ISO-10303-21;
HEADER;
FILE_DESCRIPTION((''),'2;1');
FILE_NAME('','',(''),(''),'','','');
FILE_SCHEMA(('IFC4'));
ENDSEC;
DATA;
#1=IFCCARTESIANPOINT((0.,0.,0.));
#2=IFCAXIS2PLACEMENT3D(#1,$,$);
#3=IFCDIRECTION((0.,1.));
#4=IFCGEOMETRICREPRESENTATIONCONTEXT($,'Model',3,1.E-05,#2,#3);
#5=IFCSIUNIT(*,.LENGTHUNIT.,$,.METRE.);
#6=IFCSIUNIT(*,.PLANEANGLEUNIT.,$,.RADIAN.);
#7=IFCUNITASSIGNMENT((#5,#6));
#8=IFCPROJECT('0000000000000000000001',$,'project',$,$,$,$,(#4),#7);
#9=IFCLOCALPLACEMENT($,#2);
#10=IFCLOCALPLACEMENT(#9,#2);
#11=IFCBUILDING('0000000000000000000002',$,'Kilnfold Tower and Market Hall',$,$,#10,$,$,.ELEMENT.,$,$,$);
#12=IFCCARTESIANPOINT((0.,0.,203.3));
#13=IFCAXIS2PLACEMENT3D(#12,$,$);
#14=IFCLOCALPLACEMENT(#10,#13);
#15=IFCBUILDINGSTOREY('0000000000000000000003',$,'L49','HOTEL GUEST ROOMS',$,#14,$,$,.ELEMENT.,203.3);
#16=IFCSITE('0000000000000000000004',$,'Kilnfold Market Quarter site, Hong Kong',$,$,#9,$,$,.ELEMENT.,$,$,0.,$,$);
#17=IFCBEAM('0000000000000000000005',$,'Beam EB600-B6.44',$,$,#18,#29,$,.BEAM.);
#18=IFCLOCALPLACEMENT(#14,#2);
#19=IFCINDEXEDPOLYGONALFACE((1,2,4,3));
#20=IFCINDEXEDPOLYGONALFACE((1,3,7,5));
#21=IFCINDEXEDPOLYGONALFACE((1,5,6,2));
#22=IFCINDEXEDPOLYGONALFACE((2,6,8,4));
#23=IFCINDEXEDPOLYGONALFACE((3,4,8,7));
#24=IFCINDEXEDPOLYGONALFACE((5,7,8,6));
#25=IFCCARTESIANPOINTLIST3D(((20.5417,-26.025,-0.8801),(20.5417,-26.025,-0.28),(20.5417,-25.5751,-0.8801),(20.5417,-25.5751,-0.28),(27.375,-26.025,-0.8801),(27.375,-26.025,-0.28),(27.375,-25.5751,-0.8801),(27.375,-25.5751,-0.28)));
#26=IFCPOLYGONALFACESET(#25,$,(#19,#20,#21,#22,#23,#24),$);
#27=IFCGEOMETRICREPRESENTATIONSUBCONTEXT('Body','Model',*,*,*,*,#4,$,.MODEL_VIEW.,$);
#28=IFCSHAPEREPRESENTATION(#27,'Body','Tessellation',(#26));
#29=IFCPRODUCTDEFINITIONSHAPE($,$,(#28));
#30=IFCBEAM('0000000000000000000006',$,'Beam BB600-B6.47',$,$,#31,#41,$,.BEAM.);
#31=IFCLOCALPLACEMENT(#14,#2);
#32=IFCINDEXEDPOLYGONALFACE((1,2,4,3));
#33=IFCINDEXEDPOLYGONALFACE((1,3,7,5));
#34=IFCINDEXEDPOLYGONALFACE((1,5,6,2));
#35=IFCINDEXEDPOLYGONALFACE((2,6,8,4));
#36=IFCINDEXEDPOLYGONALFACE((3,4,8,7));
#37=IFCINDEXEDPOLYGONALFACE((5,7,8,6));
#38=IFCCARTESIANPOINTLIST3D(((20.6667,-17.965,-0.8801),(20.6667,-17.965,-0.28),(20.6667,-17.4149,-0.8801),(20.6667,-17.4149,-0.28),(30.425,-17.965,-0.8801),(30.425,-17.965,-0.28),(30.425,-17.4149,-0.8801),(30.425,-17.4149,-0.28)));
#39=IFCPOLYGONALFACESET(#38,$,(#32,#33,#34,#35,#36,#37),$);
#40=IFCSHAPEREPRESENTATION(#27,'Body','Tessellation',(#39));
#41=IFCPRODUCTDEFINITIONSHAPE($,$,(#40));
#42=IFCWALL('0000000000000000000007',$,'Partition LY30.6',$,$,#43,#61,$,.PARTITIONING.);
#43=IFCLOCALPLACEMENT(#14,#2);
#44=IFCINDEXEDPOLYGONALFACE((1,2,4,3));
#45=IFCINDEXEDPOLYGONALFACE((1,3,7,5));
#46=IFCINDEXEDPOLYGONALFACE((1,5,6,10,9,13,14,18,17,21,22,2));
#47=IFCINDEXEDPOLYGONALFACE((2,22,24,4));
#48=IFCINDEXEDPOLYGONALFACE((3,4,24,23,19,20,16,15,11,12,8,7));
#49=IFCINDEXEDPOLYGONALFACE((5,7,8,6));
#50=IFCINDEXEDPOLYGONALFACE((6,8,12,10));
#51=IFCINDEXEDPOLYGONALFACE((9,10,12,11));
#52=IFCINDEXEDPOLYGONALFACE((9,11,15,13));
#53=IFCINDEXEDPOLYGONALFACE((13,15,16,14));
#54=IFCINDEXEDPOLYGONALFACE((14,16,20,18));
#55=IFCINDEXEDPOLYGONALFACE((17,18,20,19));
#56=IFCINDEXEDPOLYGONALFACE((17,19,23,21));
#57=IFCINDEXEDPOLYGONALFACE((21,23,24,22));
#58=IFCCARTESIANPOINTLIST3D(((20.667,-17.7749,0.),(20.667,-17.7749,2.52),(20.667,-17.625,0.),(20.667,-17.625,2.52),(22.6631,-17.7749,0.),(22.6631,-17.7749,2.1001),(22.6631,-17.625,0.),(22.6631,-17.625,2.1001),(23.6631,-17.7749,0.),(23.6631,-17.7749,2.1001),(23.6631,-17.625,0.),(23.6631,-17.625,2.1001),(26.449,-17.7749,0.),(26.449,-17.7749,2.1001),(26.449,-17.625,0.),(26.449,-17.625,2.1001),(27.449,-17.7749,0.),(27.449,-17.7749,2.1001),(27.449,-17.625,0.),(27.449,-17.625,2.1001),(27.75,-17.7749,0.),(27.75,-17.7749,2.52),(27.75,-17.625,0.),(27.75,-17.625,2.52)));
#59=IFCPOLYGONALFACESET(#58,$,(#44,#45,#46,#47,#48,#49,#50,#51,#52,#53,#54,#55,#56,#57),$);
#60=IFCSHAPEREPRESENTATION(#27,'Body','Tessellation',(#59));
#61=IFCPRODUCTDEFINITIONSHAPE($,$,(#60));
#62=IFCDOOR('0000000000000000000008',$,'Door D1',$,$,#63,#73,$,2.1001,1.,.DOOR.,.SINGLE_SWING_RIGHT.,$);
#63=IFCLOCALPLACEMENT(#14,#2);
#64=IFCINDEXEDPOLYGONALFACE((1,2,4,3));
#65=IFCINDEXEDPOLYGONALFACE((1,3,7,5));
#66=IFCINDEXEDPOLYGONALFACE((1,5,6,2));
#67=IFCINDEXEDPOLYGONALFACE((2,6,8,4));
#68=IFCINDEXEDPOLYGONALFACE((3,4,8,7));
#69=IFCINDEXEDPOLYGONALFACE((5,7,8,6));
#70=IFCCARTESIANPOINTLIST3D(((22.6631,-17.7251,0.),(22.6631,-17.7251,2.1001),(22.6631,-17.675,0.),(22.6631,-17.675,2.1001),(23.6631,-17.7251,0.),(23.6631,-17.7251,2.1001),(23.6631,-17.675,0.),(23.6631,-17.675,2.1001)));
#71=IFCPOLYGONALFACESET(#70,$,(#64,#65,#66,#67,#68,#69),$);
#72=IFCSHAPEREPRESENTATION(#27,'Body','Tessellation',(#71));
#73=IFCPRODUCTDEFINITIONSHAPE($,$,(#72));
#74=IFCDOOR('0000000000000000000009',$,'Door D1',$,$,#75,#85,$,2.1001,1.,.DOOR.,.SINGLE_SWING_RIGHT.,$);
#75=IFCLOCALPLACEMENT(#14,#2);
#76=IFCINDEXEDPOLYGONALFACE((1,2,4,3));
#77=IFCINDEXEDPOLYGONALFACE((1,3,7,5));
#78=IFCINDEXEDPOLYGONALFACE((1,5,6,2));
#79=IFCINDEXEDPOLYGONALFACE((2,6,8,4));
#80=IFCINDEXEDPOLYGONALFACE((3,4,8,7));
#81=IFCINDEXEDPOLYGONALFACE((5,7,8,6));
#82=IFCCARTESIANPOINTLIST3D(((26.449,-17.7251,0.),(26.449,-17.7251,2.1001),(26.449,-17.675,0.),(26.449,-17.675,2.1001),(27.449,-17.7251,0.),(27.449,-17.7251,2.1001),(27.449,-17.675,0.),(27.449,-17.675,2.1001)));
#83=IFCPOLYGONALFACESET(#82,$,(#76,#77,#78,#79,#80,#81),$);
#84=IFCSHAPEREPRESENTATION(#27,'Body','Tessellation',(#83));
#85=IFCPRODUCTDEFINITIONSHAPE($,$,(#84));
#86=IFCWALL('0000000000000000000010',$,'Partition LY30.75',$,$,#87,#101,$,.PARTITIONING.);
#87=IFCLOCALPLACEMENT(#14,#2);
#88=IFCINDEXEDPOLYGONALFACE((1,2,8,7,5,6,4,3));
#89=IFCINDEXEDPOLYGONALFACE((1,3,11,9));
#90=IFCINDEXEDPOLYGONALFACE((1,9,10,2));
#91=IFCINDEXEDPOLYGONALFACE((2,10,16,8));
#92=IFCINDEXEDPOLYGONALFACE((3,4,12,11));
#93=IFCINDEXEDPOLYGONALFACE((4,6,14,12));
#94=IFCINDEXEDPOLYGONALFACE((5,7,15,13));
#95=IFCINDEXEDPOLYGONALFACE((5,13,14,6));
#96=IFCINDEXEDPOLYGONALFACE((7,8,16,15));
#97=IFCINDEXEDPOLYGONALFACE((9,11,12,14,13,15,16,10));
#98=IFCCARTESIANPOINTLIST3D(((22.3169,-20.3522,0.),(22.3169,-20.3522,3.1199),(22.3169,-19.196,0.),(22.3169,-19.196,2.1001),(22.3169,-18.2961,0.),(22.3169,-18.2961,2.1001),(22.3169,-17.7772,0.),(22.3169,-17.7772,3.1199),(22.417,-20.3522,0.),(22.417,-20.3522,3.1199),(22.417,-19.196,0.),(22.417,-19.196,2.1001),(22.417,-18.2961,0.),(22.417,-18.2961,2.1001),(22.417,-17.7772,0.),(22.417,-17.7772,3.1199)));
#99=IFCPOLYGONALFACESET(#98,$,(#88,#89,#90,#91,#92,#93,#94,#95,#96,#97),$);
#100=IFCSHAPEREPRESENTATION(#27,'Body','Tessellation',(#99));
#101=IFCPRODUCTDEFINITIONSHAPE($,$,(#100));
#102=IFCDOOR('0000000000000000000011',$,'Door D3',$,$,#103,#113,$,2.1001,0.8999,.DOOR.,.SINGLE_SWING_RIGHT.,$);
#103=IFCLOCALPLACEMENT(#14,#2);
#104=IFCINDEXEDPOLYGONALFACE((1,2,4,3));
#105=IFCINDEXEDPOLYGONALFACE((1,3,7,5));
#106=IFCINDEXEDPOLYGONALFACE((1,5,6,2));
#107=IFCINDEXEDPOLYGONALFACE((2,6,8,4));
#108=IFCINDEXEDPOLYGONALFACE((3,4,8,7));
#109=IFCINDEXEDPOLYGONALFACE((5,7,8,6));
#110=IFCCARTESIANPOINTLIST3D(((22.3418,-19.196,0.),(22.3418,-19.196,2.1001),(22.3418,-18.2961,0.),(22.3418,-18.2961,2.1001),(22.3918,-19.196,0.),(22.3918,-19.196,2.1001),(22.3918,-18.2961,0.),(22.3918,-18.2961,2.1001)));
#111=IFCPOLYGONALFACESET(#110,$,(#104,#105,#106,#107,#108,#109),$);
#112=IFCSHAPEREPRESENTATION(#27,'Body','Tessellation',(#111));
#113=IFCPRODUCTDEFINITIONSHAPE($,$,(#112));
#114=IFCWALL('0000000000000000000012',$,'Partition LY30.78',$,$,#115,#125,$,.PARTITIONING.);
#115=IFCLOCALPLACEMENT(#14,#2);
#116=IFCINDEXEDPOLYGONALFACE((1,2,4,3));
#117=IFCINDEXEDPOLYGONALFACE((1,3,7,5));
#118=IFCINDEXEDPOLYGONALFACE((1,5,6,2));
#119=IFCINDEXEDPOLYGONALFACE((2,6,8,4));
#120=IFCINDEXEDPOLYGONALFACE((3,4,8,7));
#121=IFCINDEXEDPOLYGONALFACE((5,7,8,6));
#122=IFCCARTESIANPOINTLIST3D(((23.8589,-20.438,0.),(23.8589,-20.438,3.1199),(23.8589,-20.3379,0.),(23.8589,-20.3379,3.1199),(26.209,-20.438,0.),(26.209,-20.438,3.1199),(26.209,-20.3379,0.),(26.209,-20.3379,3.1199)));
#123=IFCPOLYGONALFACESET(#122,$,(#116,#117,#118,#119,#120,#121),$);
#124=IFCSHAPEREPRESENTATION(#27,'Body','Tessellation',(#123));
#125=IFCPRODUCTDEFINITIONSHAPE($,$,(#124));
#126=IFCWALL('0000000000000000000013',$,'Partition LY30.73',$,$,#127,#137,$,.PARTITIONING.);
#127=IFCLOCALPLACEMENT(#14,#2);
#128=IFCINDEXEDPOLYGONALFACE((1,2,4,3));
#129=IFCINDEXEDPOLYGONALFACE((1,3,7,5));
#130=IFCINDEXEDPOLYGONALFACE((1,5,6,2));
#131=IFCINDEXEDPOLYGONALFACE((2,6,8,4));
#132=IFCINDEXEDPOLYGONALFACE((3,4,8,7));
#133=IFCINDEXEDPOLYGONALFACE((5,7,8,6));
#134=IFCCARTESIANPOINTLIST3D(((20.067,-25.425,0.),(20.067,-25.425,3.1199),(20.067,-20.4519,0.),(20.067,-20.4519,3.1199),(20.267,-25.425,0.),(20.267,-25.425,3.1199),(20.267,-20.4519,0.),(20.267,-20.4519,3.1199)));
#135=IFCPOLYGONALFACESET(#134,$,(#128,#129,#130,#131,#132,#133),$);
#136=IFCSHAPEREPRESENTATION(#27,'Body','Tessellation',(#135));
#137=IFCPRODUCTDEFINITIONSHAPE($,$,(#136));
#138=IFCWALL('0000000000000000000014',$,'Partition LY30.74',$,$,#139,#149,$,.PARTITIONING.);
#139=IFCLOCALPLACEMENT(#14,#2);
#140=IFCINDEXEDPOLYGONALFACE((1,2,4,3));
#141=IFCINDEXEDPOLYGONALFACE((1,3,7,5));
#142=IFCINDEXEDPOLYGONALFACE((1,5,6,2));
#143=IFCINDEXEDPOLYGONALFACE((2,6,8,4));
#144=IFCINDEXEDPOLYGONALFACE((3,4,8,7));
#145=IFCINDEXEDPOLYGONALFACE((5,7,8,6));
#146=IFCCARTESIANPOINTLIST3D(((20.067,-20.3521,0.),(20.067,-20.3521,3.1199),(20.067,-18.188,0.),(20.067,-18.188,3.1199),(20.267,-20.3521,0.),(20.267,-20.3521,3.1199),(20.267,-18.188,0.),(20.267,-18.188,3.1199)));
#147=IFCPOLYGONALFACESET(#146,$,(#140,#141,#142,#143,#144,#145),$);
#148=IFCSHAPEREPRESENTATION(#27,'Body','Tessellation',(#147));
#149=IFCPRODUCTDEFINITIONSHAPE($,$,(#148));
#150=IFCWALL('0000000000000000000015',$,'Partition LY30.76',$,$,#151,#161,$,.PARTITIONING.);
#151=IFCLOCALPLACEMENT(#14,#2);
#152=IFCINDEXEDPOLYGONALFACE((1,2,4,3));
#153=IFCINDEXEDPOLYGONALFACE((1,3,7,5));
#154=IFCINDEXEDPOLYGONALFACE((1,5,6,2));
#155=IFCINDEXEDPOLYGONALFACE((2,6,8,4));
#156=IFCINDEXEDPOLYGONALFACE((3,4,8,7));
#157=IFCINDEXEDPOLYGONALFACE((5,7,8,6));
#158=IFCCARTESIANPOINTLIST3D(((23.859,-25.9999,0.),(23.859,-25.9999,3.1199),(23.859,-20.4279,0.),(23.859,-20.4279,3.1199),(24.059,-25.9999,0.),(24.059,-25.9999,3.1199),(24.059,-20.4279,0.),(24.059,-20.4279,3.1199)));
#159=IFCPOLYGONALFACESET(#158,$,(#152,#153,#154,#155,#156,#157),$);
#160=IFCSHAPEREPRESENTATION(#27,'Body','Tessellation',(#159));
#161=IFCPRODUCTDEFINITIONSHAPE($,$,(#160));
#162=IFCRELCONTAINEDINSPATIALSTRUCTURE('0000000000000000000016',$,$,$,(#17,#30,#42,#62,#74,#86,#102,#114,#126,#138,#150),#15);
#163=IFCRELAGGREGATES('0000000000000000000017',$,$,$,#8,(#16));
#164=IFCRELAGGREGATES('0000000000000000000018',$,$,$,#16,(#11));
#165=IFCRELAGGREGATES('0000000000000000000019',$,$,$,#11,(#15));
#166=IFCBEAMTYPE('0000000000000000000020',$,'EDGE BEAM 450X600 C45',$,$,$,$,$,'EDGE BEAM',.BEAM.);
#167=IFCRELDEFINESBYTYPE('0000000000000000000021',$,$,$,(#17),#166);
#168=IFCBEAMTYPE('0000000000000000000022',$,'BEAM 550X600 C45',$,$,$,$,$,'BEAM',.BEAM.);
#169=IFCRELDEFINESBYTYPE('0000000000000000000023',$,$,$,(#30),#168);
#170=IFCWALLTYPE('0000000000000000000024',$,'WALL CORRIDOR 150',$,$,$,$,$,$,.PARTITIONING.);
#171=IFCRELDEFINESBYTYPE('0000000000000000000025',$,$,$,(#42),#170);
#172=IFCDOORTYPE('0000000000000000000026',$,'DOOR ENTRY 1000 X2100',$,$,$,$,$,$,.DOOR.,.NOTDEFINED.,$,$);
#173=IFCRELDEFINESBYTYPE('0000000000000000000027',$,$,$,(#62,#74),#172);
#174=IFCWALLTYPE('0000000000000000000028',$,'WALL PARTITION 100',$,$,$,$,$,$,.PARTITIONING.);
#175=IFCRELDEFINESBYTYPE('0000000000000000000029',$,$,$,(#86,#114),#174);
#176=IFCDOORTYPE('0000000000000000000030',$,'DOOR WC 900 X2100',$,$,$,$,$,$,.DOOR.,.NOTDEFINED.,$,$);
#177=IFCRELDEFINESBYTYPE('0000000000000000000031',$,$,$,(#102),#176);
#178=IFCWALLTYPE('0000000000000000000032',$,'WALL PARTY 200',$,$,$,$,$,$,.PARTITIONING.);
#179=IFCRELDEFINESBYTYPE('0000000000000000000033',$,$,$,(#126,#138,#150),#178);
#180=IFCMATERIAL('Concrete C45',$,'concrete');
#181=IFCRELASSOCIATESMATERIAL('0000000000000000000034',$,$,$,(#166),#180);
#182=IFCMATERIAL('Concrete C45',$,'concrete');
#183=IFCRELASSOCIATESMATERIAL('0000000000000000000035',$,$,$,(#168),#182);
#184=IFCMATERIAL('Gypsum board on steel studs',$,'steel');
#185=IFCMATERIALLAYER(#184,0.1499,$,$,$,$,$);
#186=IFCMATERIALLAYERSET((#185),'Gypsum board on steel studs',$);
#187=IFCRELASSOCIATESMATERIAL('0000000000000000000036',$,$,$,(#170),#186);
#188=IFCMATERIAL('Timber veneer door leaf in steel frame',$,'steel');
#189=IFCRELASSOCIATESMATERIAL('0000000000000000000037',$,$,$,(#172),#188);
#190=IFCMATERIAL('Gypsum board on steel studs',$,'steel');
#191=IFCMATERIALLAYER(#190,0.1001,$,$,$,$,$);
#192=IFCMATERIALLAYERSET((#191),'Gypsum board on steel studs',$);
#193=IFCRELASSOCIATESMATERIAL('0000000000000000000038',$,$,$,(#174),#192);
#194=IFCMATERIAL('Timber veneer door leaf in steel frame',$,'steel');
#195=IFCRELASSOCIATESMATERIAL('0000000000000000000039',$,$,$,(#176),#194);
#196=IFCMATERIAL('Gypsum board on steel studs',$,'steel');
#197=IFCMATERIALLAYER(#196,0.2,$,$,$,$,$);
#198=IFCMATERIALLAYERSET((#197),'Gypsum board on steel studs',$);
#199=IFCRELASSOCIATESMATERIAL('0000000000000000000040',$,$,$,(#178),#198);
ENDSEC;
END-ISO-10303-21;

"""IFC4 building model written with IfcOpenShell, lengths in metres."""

from ifc_helpers import new_model, si_unit, direction, frame, frame_2d, origin, origin_2d, place, context, subcontext, project, spatial, rectangle, extrude, source, transform, mapped, material, layer, layer_set, material_profile, profile_set, type_object, element, fill, save


model = new_model("IFC4")

# Units and contexts
model_context = context("Model", 3, precision=1e-05, world=origin(), true_north=direction((0.0, 1.0)))
body_context = subcontext(model_context, "Body", "Model", "MODEL_VIEW")
ifc_project = project(units=[si_unit("LENGTHUNIT", "METRE"), si_unit("PLANEANGLEUNIT", "RADIAN")], contexts=[model_context])

# Site, building, storey
site_placement = place(None, origin())
site = spatial("IfcSite", under=ifc_project, at=site_placement, Name="Kilnfold Market Quarter site, Hong Kong", CompositionType="ELEMENT", RefElevation=0.0)
building_placement = place(site_placement, origin())
building = spatial("IfcBuilding", under=site, at=building_placement, Name="Kilnfold Tower and Market Hall", CompositionType="ELEMENT")
storey_placement = place(building_placement, frame((0.0, 0.0, 203.3)))
storey = spatial("IfcBuildingStorey", under=building, at=storey_placement, Name="L49", Description="HOTEL GUEST ROOMS", CompositionType="ELEMENT", Elevation=203.3)

# Beams
ifc_material_1 = material(Name="Concrete C45", Category="concrete")
ifc_material_profile_1 = material_profile(ifc_material_1, rectangle(XDim=0.45, YDim=0.6001, at=origin_2d()), Name="RC 450x600")
ifc_profile_set_1 = profile_set([ifc_material_profile_1], Name="Concrete C45")
beam_type_1 = type_object("IfcBeamType", Name="EDGE BEAM 450X600 C45", ElementType="EDGE BEAM", PredefinedType="BEAM", material=ifc_profile_set_1)
shared_shape_1 = source(origin(), body_context, "Body", "SweptSolid", [
    extrude(rectangle(XDim=0.45, YDim=0.6001, at=origin_2d()), origin(), (0.0, 0.0, 1.0), 6.8333),
])
beam_1_placement = place(storey_placement, frame((20.5417, -25.8, -0.5801), z_axis=(1.0, 0.0, 0.0), x_axis=(0.0, 1.0, 0.0)))
element("IfcBeam", 1, at=beam_1_placement, inside=storey, type_object=beam_type_1, Name="Beam EB600-B6.44", PredefinedType="BEAM", context=body_context, shape_type="MappedRepresentation", body=[
    mapped(shared_shape_1, transform((0.0, 0.0, 0.0))),
])
ifc_material_2 = material(Name="Concrete C45", Category="concrete")
ifc_material_profile_2 = material_profile(ifc_material_2, rectangle(XDim=0.55, YDim=0.6001, at=origin_2d()), Name="RC 550x600")
ifc_profile_set_2 = profile_set([ifc_material_profile_2], Name="Concrete C45")
beam_type_2 = type_object("IfcBeamType", Name="BEAM 550X600 C45", ElementType="BEAM", PredefinedType="BEAM", material=ifc_profile_set_2)
shared_shape_2 = source(origin(), body_context, "Body", "SweptSolid", [
    extrude(rectangle(XDim=0.55, YDim=0.6001, at=origin_2d()), origin(), (0.0, 0.0, 1.0), 9.7583),
])
beam_2_placement = place(storey_placement, frame((20.6667, -17.6899, -0.5801), z_axis=(1.0, 0.0, 0.0), x_axis=(0.0, 1.0, 0.0)))
element("IfcBeam", 2, at=beam_2_placement, inside=storey, type_object=beam_type_2, Name="Beam BB600-B6.47", PredefinedType="BEAM", context=body_context, shape_type="MappedRepresentation", body=[
    mapped(shared_shape_2, transform((0.0, 0.0, 0.0))),
])

# Wall, openings, doors
ifc_material_3 = material(Name="Gypsum board on steel studs", Category="steel")
ifc_layer_1 = layer(ifc_material_3, 0.1499)
ifc_layer_set_1 = layer_set([ifc_layer_1], Name="Gypsum board on steel studs")
wall_type_1 = type_object("IfcWallType", Name="WALL CORRIDOR 150", PredefinedType="PARTITIONING", material=ifc_layer_set_1)
wall_1_placement = place(storey_placement, frame((20.667, -17.7, 0.0), z_axis=(0.0, 0.0, 1.0), x_axis=(1.0, 0.0, 0.0)))
wall_1 = element("IfcWall", 3, at=wall_1_placement, inside=storey, type_object=wall_type_1, Name="Partition LY30.6", PredefinedType="PARTITIONING", context=body_context, shape_type="SweptSolid", body=[
    extrude(rectangle(XDim=7.083, YDim=0.1499, at=frame_2d((3.5415, 0.0))), origin(), (0.0, 0.0, 1.0), 2.52),
])
opening_1_placement = place(wall_1_placement, frame((1.9961, 0.0, 0.0)))
opening_1 = element("IfcOpeningElement", 4, at=opening_1_placement, cuts=wall_1, PredefinedType="OPENING", context=body_context, shape_type="SweptSolid", body=[
    extrude(rectangle(XDim=1.0, YDim=2.1001, at=frame_2d((0.5, 1.05))), frame((0.0, 0.085, 0.0), z_axis=(0.0, -1.0, 0.0), x_axis=(1.0, 0.0, 0.0)), (0.0, 0.0, 1.0), 0.1699),
])
opening_2_placement = place(wall_1_placement, frame((5.782, 0.0, 0.0)))
opening_2 = element("IfcOpeningElement", 5, at=opening_2_placement, cuts=wall_1, PredefinedType="OPENING", context=body_context, shape_type="SweptSolid", body=[
    extrude(rectangle(XDim=1.0, YDim=2.1001, at=frame_2d((0.5, 1.05))), frame((0.0, 0.085, 0.0), z_axis=(0.0, -1.0, 0.0), x_axis=(1.0, 0.0, 0.0)), (0.0, 0.0, 1.0), 0.1699),
])
ifc_material_4 = material(Name="Timber veneer door leaf in steel frame", Category="steel")
door_type_1 = type_object("IfcDoorType", Name="DOOR ENTRY 1000 X2100", OperationType="NOTDEFINED", PredefinedType="DOOR", material=ifc_material_4)
door_1_placement = place(opening_1_placement, origin())
door_1 = element("IfcDoor", 6, at=door_1_placement, inside=storey, type_object=door_type_1, Name="Door D1", OperationType="SINGLE_SWING_RIGHT", OverallHeight=2.1001, OverallWidth=1.0, PredefinedType="DOOR", context=body_context, shape_type="SweptSolid", body=[
    extrude(rectangle(XDim=1.0, YDim=2.1001, at=frame_2d((0.5, 1.05))), frame((0.0, 0.0249, 0.0), z_axis=(0.0, -1.0, 0.0), x_axis=(1.0, 0.0, 0.0)), (0.0, 0.0, 1.0), 0.05),
])
fill(opening_1, door_1)
door_2_placement = place(opening_2_placement, origin())
door_2 = element("IfcDoor", 7, at=door_2_placement, inside=storey, type_object=door_type_1, Name="Door D1", OperationType="SINGLE_SWING_RIGHT", OverallHeight=2.1001, OverallWidth=1.0, PredefinedType="DOOR", context=body_context, shape_type="SweptSolid", body=[
    extrude(rectangle(XDim=1.0, YDim=2.1001, at=frame_2d((0.5, 1.05))), frame((0.0, 0.0249, 0.0), z_axis=(0.0, -1.0, 0.0), x_axis=(1.0, 0.0, 0.0)), (0.0, 0.0, 1.0), 0.05),
])
fill(opening_2, door_2)

# Wall, opening, door
ifc_material_5 = material(Name="Gypsum board on steel studs", Category="steel")
ifc_layer_2 = layer(ifc_material_5, 0.1001)
ifc_layer_set_2 = layer_set([ifc_layer_2], Name="Gypsum board on steel studs")
wall_type_2 = type_object("IfcWallType", Name="WALL PARTITION 100", PredefinedType="PARTITIONING", material=ifc_layer_set_2)
wall_2_placement = place(storey_placement, frame((22.3669, -17.7771, 0.0), z_axis=(0.0, 0.0, 1.0), x_axis=(0.0, -1.0, 0.0)))
wall_2 = element("IfcWall", 8, at=wall_2_placement, inside=storey, type_object=wall_type_2, Name="Partition LY30.75", PredefinedType="PARTITIONING", context=body_context, shape_type="SweptSolid", body=[
    extrude(rectangle(XDim=2.575, YDim=0.1001, at=frame_2d((1.2876, 0.0))), origin(), (0.0, 0.0, 1.0), 3.1199),
])
opening_3_placement = place(wall_2_placement, frame((0.519, 0.0, 0.0)))
opening_3 = element("IfcOpeningElement", 9, at=opening_3_placement, cuts=wall_2, PredefinedType="OPENING", context=body_context, shape_type="SweptSolid", body=[
    extrude(rectangle(XDim=0.8999, YDim=2.1001, at=frame_2d((0.45, 1.05))), frame((0.0, 0.0601, 0.0), z_axis=(0.0, -1.0, 0.0), x_axis=(1.0, 0.0, 0.0)), (0.0, 0.0, 1.0), 0.1201),
])
ifc_material_6 = material(Name="Timber veneer door leaf in steel frame", Category="steel")
door_type_2 = type_object("IfcDoorType", Name="DOOR WC 900 X2100", OperationType="NOTDEFINED", PredefinedType="DOOR", material=ifc_material_6)
door_3_placement = place(opening_3_placement, origin())
door_3 = element("IfcDoor", 10, at=door_3_placement, inside=storey, type_object=door_type_2, Name="Door D3", OperationType="SINGLE_SWING_RIGHT", OverallHeight=2.1001, OverallWidth=0.8999, PredefinedType="DOOR", context=body_context, shape_type="SweptSolid", body=[
    extrude(rectangle(XDim=0.8999, YDim=2.1001, at=frame_2d((0.45, 1.05))), frame((0.0, 0.0249, 0.0), z_axis=(0.0, -1.0, 0.0), x_axis=(1.0, 0.0, 0.0)), (0.0, 0.0, 1.0), 0.05),
])
fill(opening_3, door_3)

# Walls
wall_3_placement = place(storey_placement, frame((23.8589, -20.3879, 0.0), z_axis=(0.0, 0.0, 1.0), x_axis=(1.0, 0.0, 0.0)))
element("IfcWall", 11, at=wall_3_placement, inside=storey, type_object=wall_type_2, Name="Partition LY30.78", PredefinedType="PARTITIONING", context=body_context, shape_type="SweptSolid", body=[
    extrude(rectangle(XDim=2.3501, YDim=0.1001, at=frame_2d((1.175, 0.0))), origin(), (0.0, 0.0, 1.0), 3.1199),
])
ifc_material_7 = material(Name="Gypsum board on steel studs", Category="steel")
ifc_layer_3 = layer(ifc_material_7, 0.2)
ifc_layer_set_3 = layer_set([ifc_layer_3], Name="Gypsum board on steel studs")
wall_type_3 = type_object("IfcWallType", Name="WALL PARTY 200", PredefinedType="PARTITIONING", material=ifc_layer_set_3)
wall_4_placement = place(storey_placement, frame((20.167, -25.425, 0.0), z_axis=(0.0, 0.0, 1.0), x_axis=(0.0, 1.0, 0.0)))
element("IfcWall", 12, at=wall_4_placement, inside=storey, type_object=wall_type_3, Name="Partition LY30.73", PredefinedType="PARTITIONING", context=body_context, shape_type="SweptSolid", body=[
    extrude(rectangle(XDim=4.9731, YDim=0.2, at=frame_2d((2.4866, 0.0))), origin(), (0.0, 0.0, 1.0), 3.1199),
])
wall_5_placement = place(storey_placement, frame((20.167, -20.3521, 0.0), z_axis=(0.0, 0.0, 1.0), x_axis=(0.0, 1.0, 0.0)))
element("IfcWall", 13, at=wall_5_placement, inside=storey, type_object=wall_type_3, Name="Partition LY30.74", PredefinedType="PARTITIONING", context=body_context, shape_type="SweptSolid", body=[
    extrude(rectangle(XDim=2.1641, YDim=0.2, at=frame_2d((1.082, 0.0))), origin(), (0.0, 0.0, 1.0), 3.1199),
])
wall_6_placement = place(storey_placement, frame((23.959, -26.0, 0.0), z_axis=(0.0, 0.0, 1.0), x_axis=(0.0, 1.0, 0.0)))
element("IfcWall", 14, at=wall_6_placement, inside=storey, type_object=wall_type_3, Name="Partition LY30.76", PredefinedType="PARTITIONING", context=body_context, shape_type="SweptSolid", body=[
    extrude(rectangle(XDim=5.572, YDim=0.2, at=frame_2d((2.7861, 0.0))), origin(), (0.0, 0.0, 1.0), 3.1199),
])

save(model, "model.ifc")
